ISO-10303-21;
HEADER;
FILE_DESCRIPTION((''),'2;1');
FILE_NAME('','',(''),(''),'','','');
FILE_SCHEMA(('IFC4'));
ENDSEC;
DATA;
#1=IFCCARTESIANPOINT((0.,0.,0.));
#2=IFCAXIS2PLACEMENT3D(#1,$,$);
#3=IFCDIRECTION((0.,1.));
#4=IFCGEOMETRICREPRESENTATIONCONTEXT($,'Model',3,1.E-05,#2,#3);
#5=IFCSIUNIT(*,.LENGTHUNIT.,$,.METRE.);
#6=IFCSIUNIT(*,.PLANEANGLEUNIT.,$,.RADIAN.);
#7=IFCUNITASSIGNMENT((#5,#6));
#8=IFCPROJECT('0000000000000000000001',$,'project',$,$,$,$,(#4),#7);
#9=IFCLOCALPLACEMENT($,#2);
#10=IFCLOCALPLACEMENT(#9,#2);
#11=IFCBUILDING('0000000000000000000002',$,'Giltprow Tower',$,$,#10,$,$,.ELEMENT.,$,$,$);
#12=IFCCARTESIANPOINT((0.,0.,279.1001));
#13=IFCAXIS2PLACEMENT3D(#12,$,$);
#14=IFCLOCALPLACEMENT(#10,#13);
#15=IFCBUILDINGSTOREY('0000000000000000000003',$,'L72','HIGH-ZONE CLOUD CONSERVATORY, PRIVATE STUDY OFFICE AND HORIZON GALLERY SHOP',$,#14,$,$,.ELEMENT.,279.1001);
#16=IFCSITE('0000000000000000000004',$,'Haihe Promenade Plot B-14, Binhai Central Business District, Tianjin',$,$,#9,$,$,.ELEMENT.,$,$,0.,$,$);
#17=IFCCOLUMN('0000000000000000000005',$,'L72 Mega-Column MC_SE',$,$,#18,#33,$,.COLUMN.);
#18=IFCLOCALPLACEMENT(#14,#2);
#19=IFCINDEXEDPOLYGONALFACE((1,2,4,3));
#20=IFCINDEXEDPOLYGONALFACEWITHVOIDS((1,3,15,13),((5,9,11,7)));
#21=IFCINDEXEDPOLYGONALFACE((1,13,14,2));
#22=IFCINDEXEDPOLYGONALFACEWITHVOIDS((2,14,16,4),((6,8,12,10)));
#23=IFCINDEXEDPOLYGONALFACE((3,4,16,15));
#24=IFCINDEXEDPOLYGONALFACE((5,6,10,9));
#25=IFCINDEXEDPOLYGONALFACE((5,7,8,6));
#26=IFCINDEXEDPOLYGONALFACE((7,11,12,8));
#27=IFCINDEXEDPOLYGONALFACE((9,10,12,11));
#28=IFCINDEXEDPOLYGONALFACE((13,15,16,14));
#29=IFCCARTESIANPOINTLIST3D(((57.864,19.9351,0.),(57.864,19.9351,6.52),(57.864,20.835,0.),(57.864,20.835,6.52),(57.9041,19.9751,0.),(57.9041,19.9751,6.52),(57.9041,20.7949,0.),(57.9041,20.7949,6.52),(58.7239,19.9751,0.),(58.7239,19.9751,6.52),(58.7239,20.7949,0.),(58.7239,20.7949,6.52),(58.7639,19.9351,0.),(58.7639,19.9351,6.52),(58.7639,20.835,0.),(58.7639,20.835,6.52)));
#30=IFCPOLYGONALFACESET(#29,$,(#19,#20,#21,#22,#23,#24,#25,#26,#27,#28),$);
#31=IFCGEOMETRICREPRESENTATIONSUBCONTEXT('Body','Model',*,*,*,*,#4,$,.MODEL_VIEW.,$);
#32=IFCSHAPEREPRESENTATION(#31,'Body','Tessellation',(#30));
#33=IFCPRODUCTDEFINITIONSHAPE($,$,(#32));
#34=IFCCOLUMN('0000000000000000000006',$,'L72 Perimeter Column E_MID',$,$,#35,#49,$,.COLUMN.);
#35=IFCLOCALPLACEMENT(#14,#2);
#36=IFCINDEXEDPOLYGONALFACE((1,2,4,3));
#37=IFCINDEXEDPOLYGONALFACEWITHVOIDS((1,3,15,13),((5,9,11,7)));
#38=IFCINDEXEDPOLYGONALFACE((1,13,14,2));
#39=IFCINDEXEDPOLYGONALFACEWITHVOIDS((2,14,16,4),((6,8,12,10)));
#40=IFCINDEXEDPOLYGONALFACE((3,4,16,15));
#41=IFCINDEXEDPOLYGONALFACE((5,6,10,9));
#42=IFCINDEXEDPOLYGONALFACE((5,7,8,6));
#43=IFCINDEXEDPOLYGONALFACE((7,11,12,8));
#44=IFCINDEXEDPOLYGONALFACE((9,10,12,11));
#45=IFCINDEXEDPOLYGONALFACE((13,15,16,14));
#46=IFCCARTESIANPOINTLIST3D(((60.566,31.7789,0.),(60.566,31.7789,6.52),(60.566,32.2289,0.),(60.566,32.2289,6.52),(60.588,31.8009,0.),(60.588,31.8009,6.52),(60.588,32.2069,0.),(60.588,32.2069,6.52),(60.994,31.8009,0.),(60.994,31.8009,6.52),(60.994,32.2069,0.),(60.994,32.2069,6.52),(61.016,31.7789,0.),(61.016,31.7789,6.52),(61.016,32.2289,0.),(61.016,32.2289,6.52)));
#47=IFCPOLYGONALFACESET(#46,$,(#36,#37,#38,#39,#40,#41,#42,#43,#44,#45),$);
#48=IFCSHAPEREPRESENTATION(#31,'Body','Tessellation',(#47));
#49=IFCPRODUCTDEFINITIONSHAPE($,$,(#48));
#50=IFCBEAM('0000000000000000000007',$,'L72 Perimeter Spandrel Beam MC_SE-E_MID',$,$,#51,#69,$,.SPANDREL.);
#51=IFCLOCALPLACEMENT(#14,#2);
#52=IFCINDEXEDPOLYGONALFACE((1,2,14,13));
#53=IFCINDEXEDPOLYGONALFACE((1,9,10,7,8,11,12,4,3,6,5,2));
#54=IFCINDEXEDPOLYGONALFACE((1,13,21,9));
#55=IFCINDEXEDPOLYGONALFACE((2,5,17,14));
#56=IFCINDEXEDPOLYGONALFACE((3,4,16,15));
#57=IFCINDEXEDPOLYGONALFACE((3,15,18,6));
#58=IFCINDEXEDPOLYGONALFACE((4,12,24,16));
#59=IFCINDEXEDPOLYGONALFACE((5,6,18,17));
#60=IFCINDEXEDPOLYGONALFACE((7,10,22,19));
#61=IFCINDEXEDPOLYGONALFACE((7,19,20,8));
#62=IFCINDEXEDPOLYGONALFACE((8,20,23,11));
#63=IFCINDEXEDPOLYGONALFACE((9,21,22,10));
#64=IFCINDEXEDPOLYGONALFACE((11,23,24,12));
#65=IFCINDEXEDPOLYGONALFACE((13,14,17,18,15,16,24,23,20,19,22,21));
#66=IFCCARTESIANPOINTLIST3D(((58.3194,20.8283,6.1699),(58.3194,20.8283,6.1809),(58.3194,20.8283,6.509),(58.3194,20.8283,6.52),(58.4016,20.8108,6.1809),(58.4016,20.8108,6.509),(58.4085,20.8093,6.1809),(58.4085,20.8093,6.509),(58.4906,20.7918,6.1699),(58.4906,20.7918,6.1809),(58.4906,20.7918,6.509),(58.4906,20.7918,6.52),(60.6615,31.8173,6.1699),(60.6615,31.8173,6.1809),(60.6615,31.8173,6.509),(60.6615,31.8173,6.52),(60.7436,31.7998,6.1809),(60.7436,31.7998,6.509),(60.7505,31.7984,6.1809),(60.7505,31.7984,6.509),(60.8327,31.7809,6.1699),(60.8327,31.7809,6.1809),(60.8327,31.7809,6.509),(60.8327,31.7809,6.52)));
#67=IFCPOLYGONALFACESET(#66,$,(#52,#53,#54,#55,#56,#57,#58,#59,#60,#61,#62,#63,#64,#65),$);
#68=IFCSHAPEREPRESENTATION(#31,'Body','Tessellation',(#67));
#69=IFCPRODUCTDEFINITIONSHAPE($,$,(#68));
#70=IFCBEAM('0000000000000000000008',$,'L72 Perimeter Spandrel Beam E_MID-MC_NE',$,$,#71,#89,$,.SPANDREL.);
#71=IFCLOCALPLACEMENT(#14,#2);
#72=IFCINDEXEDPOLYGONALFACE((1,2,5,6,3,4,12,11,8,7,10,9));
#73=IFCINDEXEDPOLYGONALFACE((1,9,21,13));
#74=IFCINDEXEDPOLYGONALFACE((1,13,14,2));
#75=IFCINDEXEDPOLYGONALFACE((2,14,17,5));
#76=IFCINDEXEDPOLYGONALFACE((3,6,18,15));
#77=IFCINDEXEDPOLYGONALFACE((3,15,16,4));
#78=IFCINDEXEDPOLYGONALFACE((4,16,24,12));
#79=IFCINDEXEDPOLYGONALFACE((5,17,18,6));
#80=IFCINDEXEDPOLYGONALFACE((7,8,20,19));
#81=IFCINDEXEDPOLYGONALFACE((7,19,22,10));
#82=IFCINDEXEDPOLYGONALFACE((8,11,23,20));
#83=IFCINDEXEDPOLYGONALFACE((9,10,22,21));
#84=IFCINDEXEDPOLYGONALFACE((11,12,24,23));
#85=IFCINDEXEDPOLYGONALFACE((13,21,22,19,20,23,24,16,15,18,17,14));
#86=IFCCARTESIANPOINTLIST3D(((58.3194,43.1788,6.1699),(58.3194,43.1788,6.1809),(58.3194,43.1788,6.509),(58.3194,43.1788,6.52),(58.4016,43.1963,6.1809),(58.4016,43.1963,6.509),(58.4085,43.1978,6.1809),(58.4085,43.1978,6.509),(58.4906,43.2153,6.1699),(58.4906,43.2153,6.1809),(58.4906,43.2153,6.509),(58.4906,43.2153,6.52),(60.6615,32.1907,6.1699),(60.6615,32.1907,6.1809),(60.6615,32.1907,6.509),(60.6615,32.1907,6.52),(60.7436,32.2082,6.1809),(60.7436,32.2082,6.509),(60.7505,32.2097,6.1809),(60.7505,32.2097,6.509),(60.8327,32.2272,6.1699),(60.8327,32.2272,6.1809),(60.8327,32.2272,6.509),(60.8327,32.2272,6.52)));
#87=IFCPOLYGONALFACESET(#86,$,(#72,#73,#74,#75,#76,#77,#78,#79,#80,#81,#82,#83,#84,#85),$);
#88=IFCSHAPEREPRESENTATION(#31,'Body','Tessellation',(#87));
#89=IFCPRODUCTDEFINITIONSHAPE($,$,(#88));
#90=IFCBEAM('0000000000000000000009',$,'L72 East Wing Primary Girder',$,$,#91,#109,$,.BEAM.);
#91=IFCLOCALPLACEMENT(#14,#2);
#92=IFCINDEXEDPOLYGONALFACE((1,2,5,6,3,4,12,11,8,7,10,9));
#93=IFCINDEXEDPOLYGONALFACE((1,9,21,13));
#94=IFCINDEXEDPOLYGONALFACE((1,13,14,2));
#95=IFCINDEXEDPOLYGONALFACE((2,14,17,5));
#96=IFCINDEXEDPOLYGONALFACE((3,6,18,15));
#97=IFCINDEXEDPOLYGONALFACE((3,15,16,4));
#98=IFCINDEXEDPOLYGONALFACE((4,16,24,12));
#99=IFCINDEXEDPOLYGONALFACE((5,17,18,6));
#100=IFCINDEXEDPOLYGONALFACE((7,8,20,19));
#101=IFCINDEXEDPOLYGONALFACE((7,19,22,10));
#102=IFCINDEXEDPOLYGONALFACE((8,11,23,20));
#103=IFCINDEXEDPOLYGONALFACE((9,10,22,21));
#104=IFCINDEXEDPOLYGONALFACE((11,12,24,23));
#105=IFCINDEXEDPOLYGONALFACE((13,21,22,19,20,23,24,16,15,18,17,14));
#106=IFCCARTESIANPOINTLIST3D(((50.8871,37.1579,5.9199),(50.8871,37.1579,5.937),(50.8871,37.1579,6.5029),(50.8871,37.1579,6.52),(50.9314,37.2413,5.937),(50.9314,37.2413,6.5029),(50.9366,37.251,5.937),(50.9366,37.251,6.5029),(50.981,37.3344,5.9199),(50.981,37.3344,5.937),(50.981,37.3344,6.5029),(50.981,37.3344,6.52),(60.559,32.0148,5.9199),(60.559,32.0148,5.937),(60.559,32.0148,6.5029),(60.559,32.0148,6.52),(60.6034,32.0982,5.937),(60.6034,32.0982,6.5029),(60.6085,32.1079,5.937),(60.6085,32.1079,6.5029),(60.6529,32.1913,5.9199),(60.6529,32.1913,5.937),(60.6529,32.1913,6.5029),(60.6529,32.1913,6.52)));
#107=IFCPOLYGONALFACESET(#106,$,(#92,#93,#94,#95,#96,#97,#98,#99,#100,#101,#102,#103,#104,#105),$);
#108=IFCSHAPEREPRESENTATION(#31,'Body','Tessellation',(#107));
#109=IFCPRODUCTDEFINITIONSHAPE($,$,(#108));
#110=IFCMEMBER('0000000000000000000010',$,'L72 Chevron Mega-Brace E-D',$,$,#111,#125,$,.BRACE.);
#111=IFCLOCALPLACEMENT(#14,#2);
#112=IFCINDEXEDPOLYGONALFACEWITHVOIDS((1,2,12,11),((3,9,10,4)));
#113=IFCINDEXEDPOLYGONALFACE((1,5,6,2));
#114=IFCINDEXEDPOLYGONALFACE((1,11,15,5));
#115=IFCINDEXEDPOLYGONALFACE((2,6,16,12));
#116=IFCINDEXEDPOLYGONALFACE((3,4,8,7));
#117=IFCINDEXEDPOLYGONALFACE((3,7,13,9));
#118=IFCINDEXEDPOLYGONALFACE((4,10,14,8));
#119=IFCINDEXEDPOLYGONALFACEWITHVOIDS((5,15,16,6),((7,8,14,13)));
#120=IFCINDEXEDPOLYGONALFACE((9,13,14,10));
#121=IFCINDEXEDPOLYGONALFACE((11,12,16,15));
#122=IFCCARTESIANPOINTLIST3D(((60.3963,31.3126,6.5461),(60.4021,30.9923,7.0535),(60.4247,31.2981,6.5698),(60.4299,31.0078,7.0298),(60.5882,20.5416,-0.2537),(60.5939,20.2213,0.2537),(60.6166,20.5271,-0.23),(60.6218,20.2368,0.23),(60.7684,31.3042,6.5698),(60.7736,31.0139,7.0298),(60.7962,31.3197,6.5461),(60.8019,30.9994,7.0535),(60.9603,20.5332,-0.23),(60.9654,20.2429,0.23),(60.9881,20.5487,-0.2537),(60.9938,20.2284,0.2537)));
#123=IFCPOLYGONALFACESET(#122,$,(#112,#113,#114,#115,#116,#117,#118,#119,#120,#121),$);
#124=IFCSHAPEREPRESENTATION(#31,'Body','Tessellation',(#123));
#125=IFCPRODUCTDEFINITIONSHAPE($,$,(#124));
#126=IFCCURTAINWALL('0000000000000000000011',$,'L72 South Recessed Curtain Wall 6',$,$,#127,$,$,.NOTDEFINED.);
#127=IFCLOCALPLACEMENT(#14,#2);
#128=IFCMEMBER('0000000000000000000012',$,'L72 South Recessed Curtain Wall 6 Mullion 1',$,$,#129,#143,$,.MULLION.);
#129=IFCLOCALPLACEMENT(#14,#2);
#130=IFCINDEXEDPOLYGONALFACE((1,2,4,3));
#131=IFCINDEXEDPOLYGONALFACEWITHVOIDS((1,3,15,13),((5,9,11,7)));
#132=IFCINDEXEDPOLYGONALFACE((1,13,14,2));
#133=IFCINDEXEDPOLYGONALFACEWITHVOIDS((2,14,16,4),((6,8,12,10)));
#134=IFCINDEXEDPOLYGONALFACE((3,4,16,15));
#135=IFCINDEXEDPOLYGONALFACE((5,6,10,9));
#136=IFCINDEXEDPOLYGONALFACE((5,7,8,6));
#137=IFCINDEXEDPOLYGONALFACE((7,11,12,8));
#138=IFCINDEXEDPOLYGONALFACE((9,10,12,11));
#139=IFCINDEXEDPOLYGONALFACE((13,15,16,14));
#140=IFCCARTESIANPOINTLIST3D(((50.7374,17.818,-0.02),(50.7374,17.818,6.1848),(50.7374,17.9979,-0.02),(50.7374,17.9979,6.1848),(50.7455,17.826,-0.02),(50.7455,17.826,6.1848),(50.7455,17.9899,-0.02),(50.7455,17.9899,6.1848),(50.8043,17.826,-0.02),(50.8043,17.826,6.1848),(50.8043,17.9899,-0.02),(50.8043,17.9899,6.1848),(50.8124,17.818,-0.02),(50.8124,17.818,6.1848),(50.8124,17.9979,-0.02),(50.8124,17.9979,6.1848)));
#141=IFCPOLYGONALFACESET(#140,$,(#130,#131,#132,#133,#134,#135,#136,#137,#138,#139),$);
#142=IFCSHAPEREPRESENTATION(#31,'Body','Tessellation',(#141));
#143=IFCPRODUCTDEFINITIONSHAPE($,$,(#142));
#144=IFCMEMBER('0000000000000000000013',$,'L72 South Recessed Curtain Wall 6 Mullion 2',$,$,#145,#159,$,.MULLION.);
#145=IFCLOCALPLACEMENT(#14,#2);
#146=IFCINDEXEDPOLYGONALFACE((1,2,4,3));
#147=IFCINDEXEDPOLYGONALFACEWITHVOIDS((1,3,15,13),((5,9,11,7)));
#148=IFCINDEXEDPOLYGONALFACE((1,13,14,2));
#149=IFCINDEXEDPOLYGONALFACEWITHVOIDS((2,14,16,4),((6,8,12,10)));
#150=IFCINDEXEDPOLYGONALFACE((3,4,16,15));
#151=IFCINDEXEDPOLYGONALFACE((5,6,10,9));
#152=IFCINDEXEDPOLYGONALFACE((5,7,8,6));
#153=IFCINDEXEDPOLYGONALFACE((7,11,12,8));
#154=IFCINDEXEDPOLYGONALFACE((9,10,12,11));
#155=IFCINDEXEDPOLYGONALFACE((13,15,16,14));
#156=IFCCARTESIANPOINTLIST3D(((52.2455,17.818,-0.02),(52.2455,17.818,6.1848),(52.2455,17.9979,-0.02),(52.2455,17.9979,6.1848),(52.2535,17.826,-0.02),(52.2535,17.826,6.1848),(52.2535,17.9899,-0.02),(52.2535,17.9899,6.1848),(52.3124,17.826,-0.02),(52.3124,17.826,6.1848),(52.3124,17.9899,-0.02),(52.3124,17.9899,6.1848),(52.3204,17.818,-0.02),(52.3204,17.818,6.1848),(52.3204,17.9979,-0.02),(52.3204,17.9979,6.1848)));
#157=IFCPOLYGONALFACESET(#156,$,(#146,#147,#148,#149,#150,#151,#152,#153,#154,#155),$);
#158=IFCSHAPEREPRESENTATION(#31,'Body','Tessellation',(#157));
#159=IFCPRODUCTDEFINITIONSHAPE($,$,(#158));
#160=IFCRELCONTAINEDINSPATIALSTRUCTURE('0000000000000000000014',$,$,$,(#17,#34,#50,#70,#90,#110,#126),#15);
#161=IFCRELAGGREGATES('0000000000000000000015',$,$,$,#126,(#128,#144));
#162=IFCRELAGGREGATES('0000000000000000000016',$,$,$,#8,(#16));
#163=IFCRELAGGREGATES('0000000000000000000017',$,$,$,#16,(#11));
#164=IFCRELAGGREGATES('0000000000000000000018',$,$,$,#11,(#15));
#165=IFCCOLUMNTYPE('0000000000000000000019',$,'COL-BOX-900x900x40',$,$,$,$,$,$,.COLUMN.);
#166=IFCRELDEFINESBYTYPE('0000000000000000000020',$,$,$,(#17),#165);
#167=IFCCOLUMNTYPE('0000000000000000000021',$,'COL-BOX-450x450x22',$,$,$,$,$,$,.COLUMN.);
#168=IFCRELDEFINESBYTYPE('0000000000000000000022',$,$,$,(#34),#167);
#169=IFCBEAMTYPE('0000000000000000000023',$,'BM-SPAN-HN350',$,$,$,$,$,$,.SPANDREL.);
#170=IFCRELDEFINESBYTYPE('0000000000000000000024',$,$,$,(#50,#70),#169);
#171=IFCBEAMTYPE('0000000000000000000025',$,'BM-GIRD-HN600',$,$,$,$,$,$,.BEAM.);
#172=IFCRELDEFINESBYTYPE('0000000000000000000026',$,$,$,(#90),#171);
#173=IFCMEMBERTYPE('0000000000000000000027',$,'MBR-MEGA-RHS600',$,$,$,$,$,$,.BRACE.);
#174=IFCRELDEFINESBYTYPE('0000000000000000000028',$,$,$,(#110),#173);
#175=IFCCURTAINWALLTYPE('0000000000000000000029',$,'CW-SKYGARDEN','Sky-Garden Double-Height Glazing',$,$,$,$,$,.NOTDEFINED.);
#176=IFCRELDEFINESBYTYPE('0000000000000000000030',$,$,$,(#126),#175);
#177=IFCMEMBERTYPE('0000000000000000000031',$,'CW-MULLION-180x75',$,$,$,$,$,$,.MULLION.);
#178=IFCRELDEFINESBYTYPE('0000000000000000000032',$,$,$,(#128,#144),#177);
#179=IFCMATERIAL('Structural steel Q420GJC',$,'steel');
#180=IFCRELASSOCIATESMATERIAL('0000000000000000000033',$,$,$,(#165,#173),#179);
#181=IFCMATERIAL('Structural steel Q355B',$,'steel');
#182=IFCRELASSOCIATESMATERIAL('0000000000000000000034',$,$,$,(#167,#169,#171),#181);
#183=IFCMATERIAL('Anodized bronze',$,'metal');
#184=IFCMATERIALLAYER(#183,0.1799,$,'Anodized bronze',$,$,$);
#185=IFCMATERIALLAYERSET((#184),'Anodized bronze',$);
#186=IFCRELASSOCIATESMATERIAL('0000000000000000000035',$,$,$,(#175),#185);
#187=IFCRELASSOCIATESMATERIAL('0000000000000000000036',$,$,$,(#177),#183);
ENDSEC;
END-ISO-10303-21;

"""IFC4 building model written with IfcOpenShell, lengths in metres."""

from ifc_helpers import new_model, si_unit, direction, frame, origin, origin_2d, place, context, subcontext, project, spatial, hollow_rectangle, i_section, extrude, source, transform, mapped, material, layer, layer_set, material_profile, profile_set, type_object, element, aggregate, save


model = new_model("IFC4")

# Units and contexts
model_context = context("Model", 3, precision=1e-05, world=origin(), true_north=direction((0.0, 1.0)))
body_context = subcontext(model_context, "Body", "Model", "MODEL_VIEW")
ifc_project = project(units=[si_unit("LENGTHUNIT", "METRE"), si_unit("PLANEANGLEUNIT", "RADIAN")], contexts=[model_context])

# Site, building, storey
site_placement = place(None, origin())
site = spatial("IfcSite", under=ifc_project, at=site_placement, Name="Haihe Promenade Plot B-14, Binhai Central Business District, Tianjin", CompositionType="ELEMENT", RefElevation=0.0)
building_placement = place(site_placement, origin())
building = spatial("IfcBuilding", under=site, at=building_placement, Name="Giltprow Tower", CompositionType="ELEMENT")
storey_placement = place(building_placement, frame((0.0, 0.0, 279.1001)))
storey = spatial("IfcBuildingStorey", under=building, at=storey_placement, Name="L72", Description="HIGH-ZONE CLOUD CONSERVATORY, PRIVATE STUDY OFFICE AND HORIZON GALLERY SHOP", CompositionType="ELEMENT", Elevation=279.1001)

# Columns
ifc_material_1 = material(Name="Structural steel Q420GJC", Category="steel")
ifc_material_profile_1 = material_profile(ifc_material_1, hollow_rectangle(XDim=0.8999, YDim=0.8999, WallThickness=0.04, at=origin_2d()), Name="BOX 900x900x40")
ifc_profile_set_1 = profile_set([ifc_material_profile_1], Name="Structural steel Q420GJC")
column_type_1 = type_object("IfcColumnType", Name="COL-BOX-900x900x40", PredefinedType="COLUMN", material=ifc_profile_set_1)
shared_shape_1 = source(origin(), body_context, "Body", "SweptSolid", [
    extrude(hollow_rectangle(XDim=0.8999, YDim=0.8999, WallThickness=0.04, at=origin_2d()), origin(), (0.0, 0.0, 1.0), 6.52),
])
column_1_placement = place(storey_placement, frame((58.314, 20.385, 0.0), z_axis=(0.0, 0.0, 1.0), x_axis=(1.0, 0.0, 0.0)))
element("IfcColumn", 1, at=column_1_placement, inside=storey, type_object=column_type_1, Name="L72 Mega-Column MC_SE", PredefinedType="COLUMN", context=body_context, shape_type="MappedRepresentation", body=[
    mapped(shared_shape_1, transform((0.0, 0.0, 0.0), x_axis=(1.0, 0.0, 0.0), y_axis=(0.0, 1.0, 0.0), z_axis=(0.0, 0.0, 1.0), scale=1.0)),
])
ifc_material_2 = material(Name="Structural steel Q355B", Category="steel")
ifc_material_profile_2 = material_profile(ifc_material_2, hollow_rectangle(XDim=0.45, YDim=0.45, WallThickness=0.022, at=origin_2d()), Name="BOX 450x450x22")
ifc_profile_set_2 = profile_set([ifc_material_profile_2], Name="Structural steel Q355B")
column_type_2 = type_object("IfcColumnType", Name="COL-BOX-450x450x22", PredefinedType="COLUMN", material=ifc_profile_set_2)
shared_shape_2 = source(origin(), body_context, "Body", "SweptSolid", [
    extrude(hollow_rectangle(XDim=0.45, YDim=0.45, WallThickness=0.022, at=origin_2d()), origin(), (0.0, 0.0, 1.0), 6.52),
])
column_2_placement = place(storey_placement, frame((60.791, 32.0039, 0.0), z_axis=(0.0, 0.0, 1.0), x_axis=(1.0, 0.0, 0.0)))
element("IfcColumn", 2, at=column_2_placement, inside=storey, type_object=column_type_2, Name="L72 Perimeter Column E_MID", PredefinedType="COLUMN", context=body_context, shape_type="MappedRepresentation", body=[
    mapped(shared_shape_2, transform((0.0, 0.0, 0.0), x_axis=(1.0, 0.0, 0.0), y_axis=(0.0, 1.0, 0.0), z_axis=(0.0, 0.0, 1.0), scale=1.0)),
])

# Beams
ifc_material_profile_3 = material_profile(ifc_material_2, i_section(OverallWidth=0.175, OverallDepth=0.3501, WebThickness=0.0071, FlangeThickness=0.011, at=origin_2d()), Name="HN 350x175x7x11")
ifc_profile_set_3 = profile_set([ifc_material_profile_3], Name="Structural steel Q355B")
beam_type_1 = type_object("IfcBeamType", Name="BM-SPAN-HN350", PredefinedType="SPANDREL", material=ifc_profile_set_3)
shared_shape_3 = source(origin(), body_context, "Body", "SweptSolid", [
    extrude(i_section(OverallWidth=0.175, OverallDepth=0.3501, WebThickness=0.0071, FlangeThickness=0.011, at=origin_2d()), origin(), (0.0, 0.0, 1.0), 11.2358),
])
beam_1_placement = place(storey_placement, frame((58.405, 20.8101, 6.345), z_axis=(0.208444, 0.978034, 0.0), x_axis=(-0.978034, 0.208444, 0.0)))
element("IfcBeam", 3, at=beam_1_placement, inside=storey, type_object=beam_type_1, Name="L72 Perimeter Spandrel Beam MC_SE-E_MID", PredefinedType="SPANDREL", context=body_context, shape_type="MappedRepresentation", body=[
    mapped(shared_shape_3, transform((0.0, 0.0, 0.0), x_axis=(1.0, 0.0, 0.0), y_axis=(0.0, 1.0, 0.0), z_axis=(0.0, 0.0, 1.0), scale=1.0)),
])
shared_shape_4 = source(origin(), body_context, "Body", "SweptSolid", [
    extrude(i_section(OverallWidth=0.175, OverallDepth=0.3501, WebThickness=0.0071, FlangeThickness=0.011, at=origin_2d()), origin(), (0.0, 0.0, 1.0), 11.2349),
])
beam_2_placement = place(storey_placement, frame((60.7471, 32.209, 6.345), z_axis=(-0.208462, 0.97803, 0.0), x_axis=(-0.97803, -0.208462, 0.0)))
element("IfcBeam", 4, at=beam_2_placement, inside=storey, type_object=beam_type_1, Name="L72 Perimeter Spandrel Beam E_MID-MC_NE", PredefinedType="SPANDREL", context=body_context, shape_type="MappedRepresentation", body=[
    mapped(shared_shape_4, transform((0.0, 0.0, 0.0), x_axis=(1.0, 0.0, 0.0), y_axis=(0.0, 1.0, 0.0), z_axis=(0.0, 0.0, 1.0), scale=1.0)),
])
ifc_material_profile_4 = material_profile(ifc_material_2, i_section(OverallWidth=0.2, OverallDepth=0.6001, WebThickness=0.011, FlangeThickness=0.0171, at=origin_2d()), Name="HN 600x200x11x17")
ifc_profile_set_4 = profile_set([ifc_material_profile_4], Name="Structural steel Q355B")
beam_type_2 = type_object("IfcBeamType", Name="BM-GIRD-HN600", PredefinedType="BEAM", material=ifc_profile_set_4)
shared_shape_5 = source(origin(), body_context, "Body", "SweptSolid", [
    extrude(i_section(OverallWidth=0.2, OverallDepth=0.6001, WebThickness=0.011, FlangeThickness=0.0171, at=origin_2d()), origin(), (0.0, 0.0, 1.0), 10.9543),
])
beam_3_placement = place(storey_placement, frame((60.606, 32.103, 6.22), z_axis=(-0.882931, 0.469503, 0.0), x_axis=(-0.469503, -0.882931, 0.0)))
element("IfcBeam", 5, at=beam_3_placement, inside=storey, type_object=beam_type_2, Name="L72 East Wing Primary Girder", PredefinedType="BEAM", context=body_context, shape_type="MappedRepresentation", body=[
    mapped(shared_shape_5, transform((0.0, 0.0, 0.0), x_axis=(1.0, 0.0, 0.0), y_axis=(0.0, 1.0, 0.0), z_axis=(0.0, 0.0, 1.0), scale=1.0)),
])

# Member
ifc_material_profile_5 = material_profile(ifc_material_1, hollow_rectangle(XDim=0.3999, YDim=0.6001, WallThickness=0.0281, at=origin_2d()), Name="RHS 600x400x28")
ifc_profile_set_5 = profile_set([ifc_material_profile_5], Name="Structural steel Q420GJC")
member_type_1 = type_object("IfcMemberType", Name="MBR-MEGA-RHS600", PredefinedType="BRACE", material=ifc_profile_set_5)
shared_shape_6 = source(origin(), body_context, "Body", "SweptSolid", [
    extrude(hollow_rectangle(XDim=0.3999, YDim=0.6001, WallThickness=0.0281, at=origin_2d()), origin(), (0.0, 0.0, 1.0), 12.7393),
])
member_1_placement = place(storey_placement, frame((60.791, 20.385, 0.0), z_axis=(-0.015063, 0.845497, 0.533768), x_axis=(-0.999841, -0.017813, 0.0)))
element("IfcMember", 6, at=member_1_placement, inside=storey, type_object=member_type_1, Name="L72 Chevron Mega-Brace E-D", PredefinedType="BRACE", context=body_context, shape_type="MappedRepresentation", body=[
    mapped(shared_shape_6, transform((0.0, 0.0, 0.0), x_axis=(1.0, 0.0, 0.0), y_axis=(0.0, 1.0, 0.0), z_axis=(0.0, 0.0, 1.0), scale=1.0)),
])

# Curtain wall, members
ifc_material_3 = material(Name="Anodized bronze", Category="metal")
ifc_layer_1 = layer(ifc_material_3, 0.1799, Name="Anodized bronze")
ifc_layer_set_1 = layer_set([ifc_layer_1], Name="Anodized bronze")
curtain_wall_type = type_object("IfcCurtainWallType", Name="CW-SKYGARDEN", Description="Sky-Garden Double-Height Glazing", PredefinedType="NOTDEFINED", material=ifc_layer_set_1)
curtain_wall_placement = place(storey_placement, origin())
curtain_wall = element("IfcCurtainWall", 7, at=curtain_wall_placement, inside=storey, type_object=curtain_wall_type, Name="L72 South Recessed Curtain Wall 6", PredefinedType="NOTDEFINED")
ifc_material_profile_6 = material_profile(ifc_material_3, hollow_rectangle(XDim=0.075, YDim=0.1799, WallThickness=0.0081, at=origin_2d()), Name="RHS 180x75x8")
ifc_profile_set_6 = profile_set([ifc_material_profile_6], Name="Anodized bronze")
member_type_2 = type_object("IfcMemberType", Name="CW-MULLION-180x75", PredefinedType="MULLION", material=ifc_profile_set_6)
shared_shape_7 = source(origin(), body_context, "Body", "SweptSolid", [
    extrude(hollow_rectangle(XDim=0.075, YDim=0.1799, WallThickness=0.0081, at=origin_2d()), origin(), (0.0, 0.0, 1.0), 6.2048),
])
member_2_placement = place(storey_placement, frame((50.7749, 17.908, -0.02), z_axis=(0.0, 0.0, 1.0), x_axis=(1.0, 0.0, 0.0)))
member_2 = element("IfcMember", 8, at=member_2_placement, type_object=member_type_2, Name="L72 South Recessed Curtain Wall 6 Mullion 1", PredefinedType="MULLION", context=body_context, shape_type="MappedRepresentation", body=[
    mapped(shared_shape_7, transform((0.0, 0.0, 0.0), x_axis=(1.0, 0.0, 0.0), y_axis=(0.0, 1.0, 0.0), z_axis=(0.0, 0.0, 1.0), scale=1.0)),
])
member_3_placement = place(storey_placement, frame((52.283, 17.908, -0.02), z_axis=(0.0, 0.0, 1.0), x_axis=(1.0, 0.0, 0.0)))
member_3 = element("IfcMember", 9, at=member_3_placement, type_object=member_type_2, Name="L72 South Recessed Curtain Wall 6 Mullion 2", PredefinedType="MULLION", context=body_context, shape_type="MappedRepresentation", body=[
    mapped(shared_shape_7, transform((0.0, 0.0, 0.0), x_axis=(1.0, 0.0, 0.0), y_axis=(0.0, 1.0, 0.0), z_axis=(0.0, 0.0, 1.0), scale=1.0)),
])

aggregate(curtain_wall, [member_2, member_3])

save(model, "model.ifc")
